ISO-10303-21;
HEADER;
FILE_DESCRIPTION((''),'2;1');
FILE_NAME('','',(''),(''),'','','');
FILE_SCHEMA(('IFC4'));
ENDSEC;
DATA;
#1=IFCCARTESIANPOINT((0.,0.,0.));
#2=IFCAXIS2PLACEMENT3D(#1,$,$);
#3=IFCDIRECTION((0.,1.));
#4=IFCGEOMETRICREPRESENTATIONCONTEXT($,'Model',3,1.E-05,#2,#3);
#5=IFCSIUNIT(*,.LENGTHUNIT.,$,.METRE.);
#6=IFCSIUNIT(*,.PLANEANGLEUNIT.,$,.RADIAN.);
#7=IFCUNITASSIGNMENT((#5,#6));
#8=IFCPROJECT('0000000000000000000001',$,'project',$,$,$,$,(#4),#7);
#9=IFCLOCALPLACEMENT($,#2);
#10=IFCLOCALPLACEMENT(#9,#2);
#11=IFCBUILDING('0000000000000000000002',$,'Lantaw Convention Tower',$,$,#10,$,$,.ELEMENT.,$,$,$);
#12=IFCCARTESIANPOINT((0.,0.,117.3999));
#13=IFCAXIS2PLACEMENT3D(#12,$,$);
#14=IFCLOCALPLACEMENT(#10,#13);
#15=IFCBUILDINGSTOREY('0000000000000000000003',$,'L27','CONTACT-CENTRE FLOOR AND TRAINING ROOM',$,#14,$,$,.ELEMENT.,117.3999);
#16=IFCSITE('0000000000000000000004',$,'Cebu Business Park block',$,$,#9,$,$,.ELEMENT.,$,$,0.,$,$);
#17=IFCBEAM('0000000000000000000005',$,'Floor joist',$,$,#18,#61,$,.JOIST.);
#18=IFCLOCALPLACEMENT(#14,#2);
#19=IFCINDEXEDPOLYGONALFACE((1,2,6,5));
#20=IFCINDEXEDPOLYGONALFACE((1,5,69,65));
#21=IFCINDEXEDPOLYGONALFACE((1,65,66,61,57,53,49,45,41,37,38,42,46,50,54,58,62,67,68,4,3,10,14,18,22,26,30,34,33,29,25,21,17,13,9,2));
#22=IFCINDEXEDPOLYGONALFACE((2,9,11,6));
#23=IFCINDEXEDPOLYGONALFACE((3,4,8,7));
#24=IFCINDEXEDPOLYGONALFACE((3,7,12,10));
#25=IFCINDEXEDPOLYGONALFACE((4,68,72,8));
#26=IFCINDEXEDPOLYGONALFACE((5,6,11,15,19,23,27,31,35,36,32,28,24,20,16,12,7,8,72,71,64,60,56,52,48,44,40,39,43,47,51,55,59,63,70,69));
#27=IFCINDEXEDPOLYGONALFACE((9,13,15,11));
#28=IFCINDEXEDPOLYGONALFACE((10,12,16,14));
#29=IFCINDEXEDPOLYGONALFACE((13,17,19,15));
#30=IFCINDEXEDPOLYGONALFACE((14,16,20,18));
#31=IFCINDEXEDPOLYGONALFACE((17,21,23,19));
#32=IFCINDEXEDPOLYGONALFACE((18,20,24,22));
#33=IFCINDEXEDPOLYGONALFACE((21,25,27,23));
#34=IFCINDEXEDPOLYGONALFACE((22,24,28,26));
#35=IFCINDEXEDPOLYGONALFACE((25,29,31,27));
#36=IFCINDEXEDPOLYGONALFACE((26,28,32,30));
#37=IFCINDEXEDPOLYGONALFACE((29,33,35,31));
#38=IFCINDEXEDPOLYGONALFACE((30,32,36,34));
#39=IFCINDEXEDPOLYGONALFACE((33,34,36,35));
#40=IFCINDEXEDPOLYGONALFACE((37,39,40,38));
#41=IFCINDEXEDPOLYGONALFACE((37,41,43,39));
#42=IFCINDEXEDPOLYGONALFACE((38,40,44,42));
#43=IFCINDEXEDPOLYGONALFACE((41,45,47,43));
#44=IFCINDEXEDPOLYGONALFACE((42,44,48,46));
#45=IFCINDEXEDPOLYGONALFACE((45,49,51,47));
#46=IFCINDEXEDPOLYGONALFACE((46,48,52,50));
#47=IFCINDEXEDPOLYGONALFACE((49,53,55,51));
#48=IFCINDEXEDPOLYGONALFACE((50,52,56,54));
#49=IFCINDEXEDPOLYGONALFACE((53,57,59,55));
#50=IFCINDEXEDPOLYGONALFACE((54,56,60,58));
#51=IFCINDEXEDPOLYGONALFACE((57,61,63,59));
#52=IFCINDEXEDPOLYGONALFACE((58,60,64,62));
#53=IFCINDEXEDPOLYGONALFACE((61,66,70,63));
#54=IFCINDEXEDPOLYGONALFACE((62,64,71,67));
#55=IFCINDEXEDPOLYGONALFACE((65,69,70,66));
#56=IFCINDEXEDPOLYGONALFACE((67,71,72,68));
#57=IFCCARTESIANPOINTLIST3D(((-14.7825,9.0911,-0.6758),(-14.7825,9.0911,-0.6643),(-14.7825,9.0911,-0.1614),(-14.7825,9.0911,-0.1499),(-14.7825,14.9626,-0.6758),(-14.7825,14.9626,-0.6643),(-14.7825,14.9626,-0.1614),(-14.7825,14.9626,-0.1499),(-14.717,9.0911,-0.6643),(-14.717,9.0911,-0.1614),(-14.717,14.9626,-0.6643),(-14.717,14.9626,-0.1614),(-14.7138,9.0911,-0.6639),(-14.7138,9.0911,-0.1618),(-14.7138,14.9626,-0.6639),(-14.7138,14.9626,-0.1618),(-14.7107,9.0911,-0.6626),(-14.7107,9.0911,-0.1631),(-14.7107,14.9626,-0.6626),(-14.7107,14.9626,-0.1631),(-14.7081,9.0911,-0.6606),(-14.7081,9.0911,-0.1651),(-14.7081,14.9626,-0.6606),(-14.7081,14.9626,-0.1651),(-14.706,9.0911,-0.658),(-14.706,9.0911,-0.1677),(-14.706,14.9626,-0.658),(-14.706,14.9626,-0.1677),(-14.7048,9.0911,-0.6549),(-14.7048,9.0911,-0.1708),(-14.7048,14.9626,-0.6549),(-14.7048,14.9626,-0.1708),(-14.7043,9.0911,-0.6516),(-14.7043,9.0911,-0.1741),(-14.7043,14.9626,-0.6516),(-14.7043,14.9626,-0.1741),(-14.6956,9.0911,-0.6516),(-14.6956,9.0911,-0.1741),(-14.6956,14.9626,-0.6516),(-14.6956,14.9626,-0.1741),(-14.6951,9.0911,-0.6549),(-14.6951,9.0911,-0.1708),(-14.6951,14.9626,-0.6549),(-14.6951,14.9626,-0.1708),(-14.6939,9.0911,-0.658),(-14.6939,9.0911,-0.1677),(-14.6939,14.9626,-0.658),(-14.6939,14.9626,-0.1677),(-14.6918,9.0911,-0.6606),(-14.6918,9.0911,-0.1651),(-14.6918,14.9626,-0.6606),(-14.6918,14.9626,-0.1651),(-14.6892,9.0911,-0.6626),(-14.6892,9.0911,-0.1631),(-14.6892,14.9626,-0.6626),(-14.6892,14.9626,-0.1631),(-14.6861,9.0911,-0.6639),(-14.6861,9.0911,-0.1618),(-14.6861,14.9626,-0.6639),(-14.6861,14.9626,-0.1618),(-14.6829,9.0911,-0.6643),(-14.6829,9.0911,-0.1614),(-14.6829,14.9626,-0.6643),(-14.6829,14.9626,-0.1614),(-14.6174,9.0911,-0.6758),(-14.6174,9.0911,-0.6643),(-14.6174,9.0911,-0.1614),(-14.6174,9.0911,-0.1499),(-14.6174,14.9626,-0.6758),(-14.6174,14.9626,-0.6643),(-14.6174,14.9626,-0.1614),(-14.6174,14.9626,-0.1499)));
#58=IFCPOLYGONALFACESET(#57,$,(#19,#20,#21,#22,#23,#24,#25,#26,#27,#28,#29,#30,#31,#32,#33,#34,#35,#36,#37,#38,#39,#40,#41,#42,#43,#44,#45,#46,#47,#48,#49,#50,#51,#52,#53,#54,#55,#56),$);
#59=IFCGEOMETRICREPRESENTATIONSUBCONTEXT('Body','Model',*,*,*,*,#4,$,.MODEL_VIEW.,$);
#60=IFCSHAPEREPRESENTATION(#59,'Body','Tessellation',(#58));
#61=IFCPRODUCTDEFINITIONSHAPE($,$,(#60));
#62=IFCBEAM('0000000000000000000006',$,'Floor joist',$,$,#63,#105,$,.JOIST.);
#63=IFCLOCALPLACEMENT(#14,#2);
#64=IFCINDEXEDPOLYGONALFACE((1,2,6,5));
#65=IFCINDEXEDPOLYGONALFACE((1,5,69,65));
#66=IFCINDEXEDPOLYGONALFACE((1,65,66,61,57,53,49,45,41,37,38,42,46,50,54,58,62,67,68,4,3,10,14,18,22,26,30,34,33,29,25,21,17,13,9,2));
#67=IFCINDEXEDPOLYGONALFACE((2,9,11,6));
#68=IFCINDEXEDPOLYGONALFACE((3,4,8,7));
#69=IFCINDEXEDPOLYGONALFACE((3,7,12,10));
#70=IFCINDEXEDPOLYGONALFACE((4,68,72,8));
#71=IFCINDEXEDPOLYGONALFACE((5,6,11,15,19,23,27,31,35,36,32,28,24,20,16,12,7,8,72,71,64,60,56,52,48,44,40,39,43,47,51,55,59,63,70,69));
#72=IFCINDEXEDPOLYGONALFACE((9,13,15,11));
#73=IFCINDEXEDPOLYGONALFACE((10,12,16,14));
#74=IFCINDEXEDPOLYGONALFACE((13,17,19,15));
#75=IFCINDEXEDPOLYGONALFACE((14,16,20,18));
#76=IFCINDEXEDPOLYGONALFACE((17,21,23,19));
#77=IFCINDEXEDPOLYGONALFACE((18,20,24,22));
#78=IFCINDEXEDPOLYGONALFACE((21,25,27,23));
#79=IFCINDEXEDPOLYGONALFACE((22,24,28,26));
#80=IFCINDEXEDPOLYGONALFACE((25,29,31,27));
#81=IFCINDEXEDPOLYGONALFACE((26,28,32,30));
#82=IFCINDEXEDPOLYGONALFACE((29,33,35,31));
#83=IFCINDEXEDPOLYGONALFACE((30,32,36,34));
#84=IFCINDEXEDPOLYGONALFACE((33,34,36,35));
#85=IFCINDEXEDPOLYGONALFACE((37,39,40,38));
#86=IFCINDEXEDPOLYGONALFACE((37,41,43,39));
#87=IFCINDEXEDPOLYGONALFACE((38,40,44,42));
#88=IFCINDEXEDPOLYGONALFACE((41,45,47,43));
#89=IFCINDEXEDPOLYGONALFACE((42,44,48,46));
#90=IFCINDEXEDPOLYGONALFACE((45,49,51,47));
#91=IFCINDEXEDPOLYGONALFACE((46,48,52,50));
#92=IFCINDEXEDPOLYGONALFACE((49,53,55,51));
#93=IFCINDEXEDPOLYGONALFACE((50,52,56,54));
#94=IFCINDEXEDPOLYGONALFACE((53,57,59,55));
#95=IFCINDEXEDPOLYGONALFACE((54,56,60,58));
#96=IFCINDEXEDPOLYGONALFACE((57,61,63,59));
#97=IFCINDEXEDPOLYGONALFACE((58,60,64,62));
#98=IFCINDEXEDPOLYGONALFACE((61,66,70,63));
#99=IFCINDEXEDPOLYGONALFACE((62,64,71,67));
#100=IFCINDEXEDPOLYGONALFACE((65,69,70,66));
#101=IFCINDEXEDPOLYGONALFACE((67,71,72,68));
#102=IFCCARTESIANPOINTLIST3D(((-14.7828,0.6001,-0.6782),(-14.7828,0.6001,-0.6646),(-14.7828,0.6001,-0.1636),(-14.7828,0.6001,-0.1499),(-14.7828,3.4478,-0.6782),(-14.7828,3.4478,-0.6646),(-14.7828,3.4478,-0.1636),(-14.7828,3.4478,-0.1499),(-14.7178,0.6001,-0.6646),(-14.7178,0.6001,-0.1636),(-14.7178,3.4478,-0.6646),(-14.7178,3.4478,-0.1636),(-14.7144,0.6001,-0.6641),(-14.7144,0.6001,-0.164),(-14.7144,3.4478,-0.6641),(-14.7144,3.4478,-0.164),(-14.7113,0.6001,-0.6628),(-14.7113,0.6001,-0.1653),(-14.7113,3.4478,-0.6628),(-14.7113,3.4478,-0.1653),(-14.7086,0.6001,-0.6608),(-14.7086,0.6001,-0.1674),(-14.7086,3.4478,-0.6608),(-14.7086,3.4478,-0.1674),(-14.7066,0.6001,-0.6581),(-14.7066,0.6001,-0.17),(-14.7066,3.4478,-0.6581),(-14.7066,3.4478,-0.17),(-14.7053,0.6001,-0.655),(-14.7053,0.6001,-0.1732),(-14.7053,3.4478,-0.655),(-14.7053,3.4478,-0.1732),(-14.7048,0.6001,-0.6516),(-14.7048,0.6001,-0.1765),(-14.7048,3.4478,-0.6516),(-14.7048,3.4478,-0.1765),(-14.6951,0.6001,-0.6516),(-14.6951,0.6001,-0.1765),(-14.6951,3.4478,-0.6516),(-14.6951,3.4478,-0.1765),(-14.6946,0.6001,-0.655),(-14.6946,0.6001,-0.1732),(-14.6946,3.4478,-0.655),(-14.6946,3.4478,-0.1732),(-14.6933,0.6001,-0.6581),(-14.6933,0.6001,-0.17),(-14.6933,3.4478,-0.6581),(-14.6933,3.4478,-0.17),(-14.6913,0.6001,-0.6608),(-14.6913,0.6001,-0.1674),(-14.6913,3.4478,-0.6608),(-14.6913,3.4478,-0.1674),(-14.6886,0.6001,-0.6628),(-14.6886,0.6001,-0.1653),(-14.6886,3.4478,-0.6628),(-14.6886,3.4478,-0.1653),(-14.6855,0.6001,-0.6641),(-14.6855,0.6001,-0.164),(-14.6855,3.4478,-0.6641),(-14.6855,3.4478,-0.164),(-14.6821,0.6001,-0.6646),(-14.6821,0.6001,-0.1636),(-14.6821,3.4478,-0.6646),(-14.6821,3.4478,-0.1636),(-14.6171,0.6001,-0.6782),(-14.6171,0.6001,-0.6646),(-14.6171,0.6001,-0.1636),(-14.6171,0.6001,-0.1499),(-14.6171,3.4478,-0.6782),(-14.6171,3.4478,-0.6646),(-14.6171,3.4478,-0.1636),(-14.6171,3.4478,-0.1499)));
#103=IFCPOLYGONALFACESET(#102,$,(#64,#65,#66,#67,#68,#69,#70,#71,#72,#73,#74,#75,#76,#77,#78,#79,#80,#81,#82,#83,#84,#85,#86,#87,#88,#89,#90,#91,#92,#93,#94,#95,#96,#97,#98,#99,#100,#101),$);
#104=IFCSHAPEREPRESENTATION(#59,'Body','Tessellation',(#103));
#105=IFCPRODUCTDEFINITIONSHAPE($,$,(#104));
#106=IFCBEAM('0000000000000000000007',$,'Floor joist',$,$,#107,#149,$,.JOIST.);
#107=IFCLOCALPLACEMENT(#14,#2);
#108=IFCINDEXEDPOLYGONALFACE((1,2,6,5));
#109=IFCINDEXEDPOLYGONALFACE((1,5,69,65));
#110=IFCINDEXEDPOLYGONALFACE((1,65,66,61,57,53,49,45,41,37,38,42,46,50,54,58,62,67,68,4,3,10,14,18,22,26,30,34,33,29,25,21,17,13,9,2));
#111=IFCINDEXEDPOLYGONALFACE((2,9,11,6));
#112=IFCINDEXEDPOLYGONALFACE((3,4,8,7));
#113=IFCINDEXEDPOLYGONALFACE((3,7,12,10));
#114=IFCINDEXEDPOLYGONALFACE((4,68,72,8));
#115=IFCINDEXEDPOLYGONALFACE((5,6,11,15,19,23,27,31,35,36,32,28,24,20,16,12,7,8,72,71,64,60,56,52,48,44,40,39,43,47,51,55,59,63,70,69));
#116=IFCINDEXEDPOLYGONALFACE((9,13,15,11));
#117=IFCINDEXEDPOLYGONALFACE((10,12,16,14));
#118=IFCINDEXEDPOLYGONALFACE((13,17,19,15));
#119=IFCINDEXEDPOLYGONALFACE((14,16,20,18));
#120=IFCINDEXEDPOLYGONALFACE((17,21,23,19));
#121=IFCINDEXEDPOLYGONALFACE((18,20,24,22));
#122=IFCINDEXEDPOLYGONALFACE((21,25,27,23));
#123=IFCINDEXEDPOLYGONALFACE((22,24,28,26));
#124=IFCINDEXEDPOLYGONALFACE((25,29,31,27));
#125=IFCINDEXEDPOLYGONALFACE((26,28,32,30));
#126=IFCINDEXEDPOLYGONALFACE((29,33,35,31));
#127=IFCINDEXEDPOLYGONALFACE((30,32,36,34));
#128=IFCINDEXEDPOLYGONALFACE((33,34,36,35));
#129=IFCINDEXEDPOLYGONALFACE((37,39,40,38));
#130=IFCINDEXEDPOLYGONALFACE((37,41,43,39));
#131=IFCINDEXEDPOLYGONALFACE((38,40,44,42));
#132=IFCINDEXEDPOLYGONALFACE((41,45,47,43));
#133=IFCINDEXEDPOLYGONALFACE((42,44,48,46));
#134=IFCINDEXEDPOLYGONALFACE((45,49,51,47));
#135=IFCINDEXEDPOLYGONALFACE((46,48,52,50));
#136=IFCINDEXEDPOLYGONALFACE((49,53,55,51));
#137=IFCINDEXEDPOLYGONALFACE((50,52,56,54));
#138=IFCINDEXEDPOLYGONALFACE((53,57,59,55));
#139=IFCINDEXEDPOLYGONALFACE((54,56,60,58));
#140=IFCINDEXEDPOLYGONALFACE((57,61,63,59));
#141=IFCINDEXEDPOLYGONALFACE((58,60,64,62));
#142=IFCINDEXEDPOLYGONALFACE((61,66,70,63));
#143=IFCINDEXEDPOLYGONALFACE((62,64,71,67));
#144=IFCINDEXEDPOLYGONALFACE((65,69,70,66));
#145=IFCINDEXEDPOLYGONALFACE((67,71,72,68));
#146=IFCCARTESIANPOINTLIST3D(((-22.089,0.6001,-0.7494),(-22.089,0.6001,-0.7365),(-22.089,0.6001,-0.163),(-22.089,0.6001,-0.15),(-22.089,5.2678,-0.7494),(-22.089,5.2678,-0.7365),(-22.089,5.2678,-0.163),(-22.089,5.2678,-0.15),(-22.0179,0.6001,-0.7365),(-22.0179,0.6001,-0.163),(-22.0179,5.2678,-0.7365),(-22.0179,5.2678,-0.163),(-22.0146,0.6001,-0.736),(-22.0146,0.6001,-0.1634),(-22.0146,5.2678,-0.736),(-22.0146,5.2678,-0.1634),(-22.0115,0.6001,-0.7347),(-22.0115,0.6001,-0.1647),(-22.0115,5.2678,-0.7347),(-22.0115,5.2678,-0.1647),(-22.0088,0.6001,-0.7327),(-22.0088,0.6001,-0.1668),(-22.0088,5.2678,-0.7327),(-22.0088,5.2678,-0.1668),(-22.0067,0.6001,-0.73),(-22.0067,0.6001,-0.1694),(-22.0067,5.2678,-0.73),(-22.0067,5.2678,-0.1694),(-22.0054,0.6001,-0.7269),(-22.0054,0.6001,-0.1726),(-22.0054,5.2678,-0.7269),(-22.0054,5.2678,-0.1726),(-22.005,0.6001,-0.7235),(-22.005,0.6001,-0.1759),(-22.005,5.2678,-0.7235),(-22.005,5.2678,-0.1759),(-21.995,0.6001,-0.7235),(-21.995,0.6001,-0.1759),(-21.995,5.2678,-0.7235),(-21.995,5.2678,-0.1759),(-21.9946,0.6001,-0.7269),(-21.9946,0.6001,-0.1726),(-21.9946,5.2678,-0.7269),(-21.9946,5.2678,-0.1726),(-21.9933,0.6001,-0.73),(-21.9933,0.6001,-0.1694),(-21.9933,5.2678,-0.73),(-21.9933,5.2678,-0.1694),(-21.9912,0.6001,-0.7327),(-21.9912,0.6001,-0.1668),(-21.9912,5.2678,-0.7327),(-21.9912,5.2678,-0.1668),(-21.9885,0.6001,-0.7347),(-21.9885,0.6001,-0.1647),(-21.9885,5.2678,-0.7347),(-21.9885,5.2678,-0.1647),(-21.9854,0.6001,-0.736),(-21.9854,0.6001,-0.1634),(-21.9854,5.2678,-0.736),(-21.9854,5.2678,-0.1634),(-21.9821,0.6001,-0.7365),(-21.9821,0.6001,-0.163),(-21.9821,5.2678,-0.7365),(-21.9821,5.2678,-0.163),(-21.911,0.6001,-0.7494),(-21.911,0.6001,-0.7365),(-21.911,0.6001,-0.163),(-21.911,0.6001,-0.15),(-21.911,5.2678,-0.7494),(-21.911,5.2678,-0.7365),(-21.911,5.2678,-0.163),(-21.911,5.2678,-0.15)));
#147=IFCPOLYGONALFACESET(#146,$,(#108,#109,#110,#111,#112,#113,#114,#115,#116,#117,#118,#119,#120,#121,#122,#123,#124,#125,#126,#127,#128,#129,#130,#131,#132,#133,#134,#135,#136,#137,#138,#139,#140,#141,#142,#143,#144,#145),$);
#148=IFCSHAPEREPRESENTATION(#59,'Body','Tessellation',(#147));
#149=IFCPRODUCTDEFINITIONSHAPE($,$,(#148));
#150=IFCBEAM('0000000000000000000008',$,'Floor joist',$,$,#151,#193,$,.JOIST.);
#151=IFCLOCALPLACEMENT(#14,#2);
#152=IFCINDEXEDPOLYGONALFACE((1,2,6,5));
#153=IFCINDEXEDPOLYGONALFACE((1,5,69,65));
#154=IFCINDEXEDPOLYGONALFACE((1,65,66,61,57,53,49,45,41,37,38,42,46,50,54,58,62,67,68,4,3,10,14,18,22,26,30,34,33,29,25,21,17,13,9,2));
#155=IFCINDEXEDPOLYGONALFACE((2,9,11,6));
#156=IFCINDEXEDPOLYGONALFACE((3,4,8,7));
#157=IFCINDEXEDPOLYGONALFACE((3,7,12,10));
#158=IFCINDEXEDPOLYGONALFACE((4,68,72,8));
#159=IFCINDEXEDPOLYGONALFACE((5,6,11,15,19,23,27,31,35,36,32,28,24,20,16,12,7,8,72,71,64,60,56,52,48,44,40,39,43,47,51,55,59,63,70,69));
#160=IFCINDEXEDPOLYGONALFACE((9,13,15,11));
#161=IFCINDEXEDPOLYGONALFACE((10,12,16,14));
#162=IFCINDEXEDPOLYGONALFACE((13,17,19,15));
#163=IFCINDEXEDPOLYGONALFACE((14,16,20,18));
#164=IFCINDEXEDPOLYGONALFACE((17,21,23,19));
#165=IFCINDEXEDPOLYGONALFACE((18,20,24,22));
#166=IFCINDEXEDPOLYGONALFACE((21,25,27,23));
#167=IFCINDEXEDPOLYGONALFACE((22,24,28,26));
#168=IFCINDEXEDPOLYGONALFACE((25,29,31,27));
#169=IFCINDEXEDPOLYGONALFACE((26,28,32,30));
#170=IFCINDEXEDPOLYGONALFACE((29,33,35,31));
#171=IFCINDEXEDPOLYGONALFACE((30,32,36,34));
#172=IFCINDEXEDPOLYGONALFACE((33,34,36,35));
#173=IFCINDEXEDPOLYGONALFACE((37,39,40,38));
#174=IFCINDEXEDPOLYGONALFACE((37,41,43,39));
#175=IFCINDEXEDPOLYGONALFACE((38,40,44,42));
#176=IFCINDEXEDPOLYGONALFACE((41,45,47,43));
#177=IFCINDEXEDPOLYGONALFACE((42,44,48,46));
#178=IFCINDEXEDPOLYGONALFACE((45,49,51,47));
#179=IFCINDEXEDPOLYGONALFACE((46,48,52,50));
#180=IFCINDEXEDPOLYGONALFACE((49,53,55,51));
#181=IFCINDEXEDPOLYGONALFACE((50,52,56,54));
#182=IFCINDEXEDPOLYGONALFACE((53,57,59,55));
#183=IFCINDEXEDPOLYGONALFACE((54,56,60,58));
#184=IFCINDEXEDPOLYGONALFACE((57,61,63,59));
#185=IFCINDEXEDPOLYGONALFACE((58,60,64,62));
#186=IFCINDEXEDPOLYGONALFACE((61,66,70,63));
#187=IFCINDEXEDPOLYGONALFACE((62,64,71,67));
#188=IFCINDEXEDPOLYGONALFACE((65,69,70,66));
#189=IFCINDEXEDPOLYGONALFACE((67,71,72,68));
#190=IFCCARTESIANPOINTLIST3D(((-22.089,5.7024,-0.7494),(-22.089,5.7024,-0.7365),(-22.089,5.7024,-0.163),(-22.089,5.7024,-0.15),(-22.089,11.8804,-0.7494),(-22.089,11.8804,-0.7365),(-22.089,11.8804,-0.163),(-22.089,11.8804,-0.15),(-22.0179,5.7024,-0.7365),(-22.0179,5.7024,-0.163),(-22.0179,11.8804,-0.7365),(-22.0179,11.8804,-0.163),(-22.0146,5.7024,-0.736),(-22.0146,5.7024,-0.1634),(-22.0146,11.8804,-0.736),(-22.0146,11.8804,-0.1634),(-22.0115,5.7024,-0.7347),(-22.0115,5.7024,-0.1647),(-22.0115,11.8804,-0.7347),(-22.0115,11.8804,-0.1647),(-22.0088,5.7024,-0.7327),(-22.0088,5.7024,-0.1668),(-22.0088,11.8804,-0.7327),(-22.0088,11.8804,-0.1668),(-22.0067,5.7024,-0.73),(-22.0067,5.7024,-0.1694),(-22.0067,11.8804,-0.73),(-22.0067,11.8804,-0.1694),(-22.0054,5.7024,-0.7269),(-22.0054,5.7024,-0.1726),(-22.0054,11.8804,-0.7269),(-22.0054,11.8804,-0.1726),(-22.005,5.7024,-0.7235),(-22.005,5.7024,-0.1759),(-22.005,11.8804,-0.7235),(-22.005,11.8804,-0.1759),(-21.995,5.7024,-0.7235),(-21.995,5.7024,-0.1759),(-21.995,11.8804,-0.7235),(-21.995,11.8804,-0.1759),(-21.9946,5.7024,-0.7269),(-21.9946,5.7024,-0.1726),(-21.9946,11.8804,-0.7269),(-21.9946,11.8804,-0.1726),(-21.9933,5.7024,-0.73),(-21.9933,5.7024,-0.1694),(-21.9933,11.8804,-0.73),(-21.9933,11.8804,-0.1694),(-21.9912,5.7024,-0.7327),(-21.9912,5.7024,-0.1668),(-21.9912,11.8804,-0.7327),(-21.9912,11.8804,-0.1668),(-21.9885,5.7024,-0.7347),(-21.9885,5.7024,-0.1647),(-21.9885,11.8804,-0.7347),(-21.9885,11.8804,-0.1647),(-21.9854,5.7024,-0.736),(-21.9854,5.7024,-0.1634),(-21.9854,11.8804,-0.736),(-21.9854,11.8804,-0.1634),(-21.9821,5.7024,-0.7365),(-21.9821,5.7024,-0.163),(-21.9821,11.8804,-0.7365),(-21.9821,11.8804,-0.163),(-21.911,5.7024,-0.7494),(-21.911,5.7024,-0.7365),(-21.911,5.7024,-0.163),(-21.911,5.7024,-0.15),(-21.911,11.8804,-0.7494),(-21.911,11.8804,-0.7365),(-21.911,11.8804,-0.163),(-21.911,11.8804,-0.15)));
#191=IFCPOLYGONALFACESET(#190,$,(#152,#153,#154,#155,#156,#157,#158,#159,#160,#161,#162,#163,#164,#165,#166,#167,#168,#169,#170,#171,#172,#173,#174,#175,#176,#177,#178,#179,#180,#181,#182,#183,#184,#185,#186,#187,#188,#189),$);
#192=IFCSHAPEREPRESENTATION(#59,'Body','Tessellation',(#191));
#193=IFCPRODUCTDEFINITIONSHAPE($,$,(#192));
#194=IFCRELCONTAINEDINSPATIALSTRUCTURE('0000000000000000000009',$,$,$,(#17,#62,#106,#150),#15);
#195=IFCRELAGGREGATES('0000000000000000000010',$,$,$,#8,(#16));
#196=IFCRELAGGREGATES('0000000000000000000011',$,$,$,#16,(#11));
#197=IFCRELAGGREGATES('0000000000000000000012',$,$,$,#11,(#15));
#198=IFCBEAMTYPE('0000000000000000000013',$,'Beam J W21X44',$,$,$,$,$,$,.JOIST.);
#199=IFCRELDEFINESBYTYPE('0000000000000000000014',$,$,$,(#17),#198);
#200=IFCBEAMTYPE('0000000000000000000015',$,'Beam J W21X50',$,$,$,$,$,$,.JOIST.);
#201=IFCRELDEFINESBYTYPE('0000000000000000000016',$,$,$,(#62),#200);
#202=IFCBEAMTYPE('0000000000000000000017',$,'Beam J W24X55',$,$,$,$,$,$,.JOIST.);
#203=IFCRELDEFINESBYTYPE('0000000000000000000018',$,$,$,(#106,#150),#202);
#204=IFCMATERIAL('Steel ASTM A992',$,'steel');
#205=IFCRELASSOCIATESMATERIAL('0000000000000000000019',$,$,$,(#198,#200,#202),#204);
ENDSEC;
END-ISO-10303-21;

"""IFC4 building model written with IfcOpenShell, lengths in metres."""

from ifc_helpers import new_model, si_unit, direction, frame, origin, origin_2d, place, context, subcontext, project, spatial, i_section, extrude, material, material_profile, profile_set, type_object, element, save


model = new_model("IFC4")

# Units and contexts
model_context = context("Model", 3, precision=1e-05, world=origin(), true_north=direction((0.0, 1.0)))
body_context = subcontext(model_context, "Body", "Model", "MODEL_VIEW")
ifc_project = project(units=[si_unit("LENGTHUNIT", "METRE"), si_unit("PLANEANGLEUNIT", "RADIAN")], contexts=[model_context])

# Site, building, storey
site_placement = place(None, origin())
site = spatial("IfcSite", under=ifc_project, at=site_placement, Name="Cebu Business Park block", CompositionType="ELEMENT", RefElevation=0.0)
building_placement = place(site_placement, origin())
building = spatial("IfcBuilding", under=site, at=building_placement, Name="Lantaw Convention Tower", CompositionType="ELEMENT")
storey_placement = place(building_placement, frame((0.0, 0.0, 117.3999)))
storey = spatial("IfcBuildingStorey", under=building, at=storey_placement, Name="L27", Description="CONTACT-CENTRE FLOOR AND TRAINING ROOM", CompositionType="ELEMENT", Elevation=117.3999)

# Beams
ifc_material_1 = material(Name="Steel ASTM A992", Category="steel")
ifc_material_profile_1 = material_profile(ifc_material_1, i_section(OverallWidth=0.165, OverallDepth=0.5259, WebThickness=0.0088, FlangeThickness=0.0115, FilletRadius=0.0127, at=origin_2d()), Name="W21X44")
ifc_profile_set_1 = profile_set([ifc_material_profile_1], Name="Steel ASTM A992")
beam_type_1 = type_object("IfcBeamType", Name="Beam J W21X44", PredefinedType="JOIST", material=ifc_profile_set_1)
beam_1_placement = place(storey_placement, frame((-14.7, 9.0911, -0.4128), z_axis=(0.0, 1.0, 0.0), x_axis=(-1.0, 0.0, 0.0)))
element("IfcBeam", 1, at=beam_1_placement, inside=storey, type_object=beam_type_1, Name="Floor joist", PredefinedType="JOIST", context=body_context, shape_type="SweptSolid", body=[
    extrude(i_section(OverallWidth=0.165, OverallDepth=0.5259, WebThickness=0.0088, FlangeThickness=0.0115, FilletRadius=0.0127, at=origin_2d()), origin(), (0.0, 0.0, 1.0), 5.8716),
])
ifc_material_profile_2 = material_profile(ifc_material_1, i_section(OverallWidth=0.1658, OverallDepth=0.5283, WebThickness=0.0098, FlangeThickness=0.0137, FilletRadius=0.0129, at=origin_2d()), Name="W21X50")
ifc_profile_set_2 = profile_set([ifc_material_profile_2], Name="Steel ASTM A992")
beam_type_2 = type_object("IfcBeamType", Name="Beam J W21X50", PredefinedType="JOIST", material=ifc_profile_set_2)
beam_2_placement = place(storey_placement, frame((-14.7, 0.6001, -0.4141), z_axis=(0.0, 1.0, 0.0), x_axis=(-1.0, 0.0, 0.0)))
element("IfcBeam", 2, at=beam_2_placement, inside=storey, type_object=beam_type_2, Name="Floor joist", PredefinedType="JOIST", context=body_context, shape_type="SweptSolid", body=[
    extrude(i_section(OverallWidth=0.1658, OverallDepth=0.5283, WebThickness=0.0098, FlangeThickness=0.0137, FilletRadius=0.0129, at=origin_2d()), origin(), (0.0, 0.0, 1.0), 2.8477),
])
ifc_material_profile_3 = material_profile(ifc_material_1, i_section(OverallWidth=0.178, OverallDepth=0.5994, WebThickness=0.01, FlangeThickness=0.0129, FilletRadius=0.0129, at=origin_2d()), Name="W24X55")
ifc_profile_set_3 = profile_set([ifc_material_profile_3], Name="Steel ASTM A992")
beam_type_3 = type_object("IfcBeamType", Name="Beam J W24X55", PredefinedType="JOIST", material=ifc_profile_set_3)
beam_3_placement = place(storey_placement, frame((-22.0, 0.6001, -0.4497), z_axis=(0.0, 1.0, 0.0), x_axis=(-1.0, 0.0, 0.0)))
element("IfcBeam", 3, at=beam_3_placement, inside=storey, type_object=beam_type_3, Name="Floor joist", PredefinedType="JOIST", context=body_context, shape_type="SweptSolid", body=[
    extrude(i_section(OverallWidth=0.178, OverallDepth=0.5994, WebThickness=0.01, FlangeThickness=0.0129, FilletRadius=0.0129, at=origin_2d()), origin(), (0.0, 0.0, 1.0), 4.6677),
])
beam_4_placement = place(storey_placement, frame((-22.0, 5.7024, -0.4497), z_axis=(0.0, 1.0, 0.0), x_axis=(-1.0, 0.0, 0.0)))
element("IfcBeam", 4, at=beam_4_placement, inside=storey, type_object=beam_type_3, Name="Floor joist", PredefinedType="JOIST", context=body_context, shape_type="SweptSolid", body=[
    extrude(i_section(OverallWidth=0.178, OverallDepth=0.5994, WebThickness=0.01, FlangeThickness=0.0129, FilletRadius=0.0129, at=origin_2d()), origin(), (0.0, 0.0, 1.0), 6.178),
])

save(model, "model.ifc")
